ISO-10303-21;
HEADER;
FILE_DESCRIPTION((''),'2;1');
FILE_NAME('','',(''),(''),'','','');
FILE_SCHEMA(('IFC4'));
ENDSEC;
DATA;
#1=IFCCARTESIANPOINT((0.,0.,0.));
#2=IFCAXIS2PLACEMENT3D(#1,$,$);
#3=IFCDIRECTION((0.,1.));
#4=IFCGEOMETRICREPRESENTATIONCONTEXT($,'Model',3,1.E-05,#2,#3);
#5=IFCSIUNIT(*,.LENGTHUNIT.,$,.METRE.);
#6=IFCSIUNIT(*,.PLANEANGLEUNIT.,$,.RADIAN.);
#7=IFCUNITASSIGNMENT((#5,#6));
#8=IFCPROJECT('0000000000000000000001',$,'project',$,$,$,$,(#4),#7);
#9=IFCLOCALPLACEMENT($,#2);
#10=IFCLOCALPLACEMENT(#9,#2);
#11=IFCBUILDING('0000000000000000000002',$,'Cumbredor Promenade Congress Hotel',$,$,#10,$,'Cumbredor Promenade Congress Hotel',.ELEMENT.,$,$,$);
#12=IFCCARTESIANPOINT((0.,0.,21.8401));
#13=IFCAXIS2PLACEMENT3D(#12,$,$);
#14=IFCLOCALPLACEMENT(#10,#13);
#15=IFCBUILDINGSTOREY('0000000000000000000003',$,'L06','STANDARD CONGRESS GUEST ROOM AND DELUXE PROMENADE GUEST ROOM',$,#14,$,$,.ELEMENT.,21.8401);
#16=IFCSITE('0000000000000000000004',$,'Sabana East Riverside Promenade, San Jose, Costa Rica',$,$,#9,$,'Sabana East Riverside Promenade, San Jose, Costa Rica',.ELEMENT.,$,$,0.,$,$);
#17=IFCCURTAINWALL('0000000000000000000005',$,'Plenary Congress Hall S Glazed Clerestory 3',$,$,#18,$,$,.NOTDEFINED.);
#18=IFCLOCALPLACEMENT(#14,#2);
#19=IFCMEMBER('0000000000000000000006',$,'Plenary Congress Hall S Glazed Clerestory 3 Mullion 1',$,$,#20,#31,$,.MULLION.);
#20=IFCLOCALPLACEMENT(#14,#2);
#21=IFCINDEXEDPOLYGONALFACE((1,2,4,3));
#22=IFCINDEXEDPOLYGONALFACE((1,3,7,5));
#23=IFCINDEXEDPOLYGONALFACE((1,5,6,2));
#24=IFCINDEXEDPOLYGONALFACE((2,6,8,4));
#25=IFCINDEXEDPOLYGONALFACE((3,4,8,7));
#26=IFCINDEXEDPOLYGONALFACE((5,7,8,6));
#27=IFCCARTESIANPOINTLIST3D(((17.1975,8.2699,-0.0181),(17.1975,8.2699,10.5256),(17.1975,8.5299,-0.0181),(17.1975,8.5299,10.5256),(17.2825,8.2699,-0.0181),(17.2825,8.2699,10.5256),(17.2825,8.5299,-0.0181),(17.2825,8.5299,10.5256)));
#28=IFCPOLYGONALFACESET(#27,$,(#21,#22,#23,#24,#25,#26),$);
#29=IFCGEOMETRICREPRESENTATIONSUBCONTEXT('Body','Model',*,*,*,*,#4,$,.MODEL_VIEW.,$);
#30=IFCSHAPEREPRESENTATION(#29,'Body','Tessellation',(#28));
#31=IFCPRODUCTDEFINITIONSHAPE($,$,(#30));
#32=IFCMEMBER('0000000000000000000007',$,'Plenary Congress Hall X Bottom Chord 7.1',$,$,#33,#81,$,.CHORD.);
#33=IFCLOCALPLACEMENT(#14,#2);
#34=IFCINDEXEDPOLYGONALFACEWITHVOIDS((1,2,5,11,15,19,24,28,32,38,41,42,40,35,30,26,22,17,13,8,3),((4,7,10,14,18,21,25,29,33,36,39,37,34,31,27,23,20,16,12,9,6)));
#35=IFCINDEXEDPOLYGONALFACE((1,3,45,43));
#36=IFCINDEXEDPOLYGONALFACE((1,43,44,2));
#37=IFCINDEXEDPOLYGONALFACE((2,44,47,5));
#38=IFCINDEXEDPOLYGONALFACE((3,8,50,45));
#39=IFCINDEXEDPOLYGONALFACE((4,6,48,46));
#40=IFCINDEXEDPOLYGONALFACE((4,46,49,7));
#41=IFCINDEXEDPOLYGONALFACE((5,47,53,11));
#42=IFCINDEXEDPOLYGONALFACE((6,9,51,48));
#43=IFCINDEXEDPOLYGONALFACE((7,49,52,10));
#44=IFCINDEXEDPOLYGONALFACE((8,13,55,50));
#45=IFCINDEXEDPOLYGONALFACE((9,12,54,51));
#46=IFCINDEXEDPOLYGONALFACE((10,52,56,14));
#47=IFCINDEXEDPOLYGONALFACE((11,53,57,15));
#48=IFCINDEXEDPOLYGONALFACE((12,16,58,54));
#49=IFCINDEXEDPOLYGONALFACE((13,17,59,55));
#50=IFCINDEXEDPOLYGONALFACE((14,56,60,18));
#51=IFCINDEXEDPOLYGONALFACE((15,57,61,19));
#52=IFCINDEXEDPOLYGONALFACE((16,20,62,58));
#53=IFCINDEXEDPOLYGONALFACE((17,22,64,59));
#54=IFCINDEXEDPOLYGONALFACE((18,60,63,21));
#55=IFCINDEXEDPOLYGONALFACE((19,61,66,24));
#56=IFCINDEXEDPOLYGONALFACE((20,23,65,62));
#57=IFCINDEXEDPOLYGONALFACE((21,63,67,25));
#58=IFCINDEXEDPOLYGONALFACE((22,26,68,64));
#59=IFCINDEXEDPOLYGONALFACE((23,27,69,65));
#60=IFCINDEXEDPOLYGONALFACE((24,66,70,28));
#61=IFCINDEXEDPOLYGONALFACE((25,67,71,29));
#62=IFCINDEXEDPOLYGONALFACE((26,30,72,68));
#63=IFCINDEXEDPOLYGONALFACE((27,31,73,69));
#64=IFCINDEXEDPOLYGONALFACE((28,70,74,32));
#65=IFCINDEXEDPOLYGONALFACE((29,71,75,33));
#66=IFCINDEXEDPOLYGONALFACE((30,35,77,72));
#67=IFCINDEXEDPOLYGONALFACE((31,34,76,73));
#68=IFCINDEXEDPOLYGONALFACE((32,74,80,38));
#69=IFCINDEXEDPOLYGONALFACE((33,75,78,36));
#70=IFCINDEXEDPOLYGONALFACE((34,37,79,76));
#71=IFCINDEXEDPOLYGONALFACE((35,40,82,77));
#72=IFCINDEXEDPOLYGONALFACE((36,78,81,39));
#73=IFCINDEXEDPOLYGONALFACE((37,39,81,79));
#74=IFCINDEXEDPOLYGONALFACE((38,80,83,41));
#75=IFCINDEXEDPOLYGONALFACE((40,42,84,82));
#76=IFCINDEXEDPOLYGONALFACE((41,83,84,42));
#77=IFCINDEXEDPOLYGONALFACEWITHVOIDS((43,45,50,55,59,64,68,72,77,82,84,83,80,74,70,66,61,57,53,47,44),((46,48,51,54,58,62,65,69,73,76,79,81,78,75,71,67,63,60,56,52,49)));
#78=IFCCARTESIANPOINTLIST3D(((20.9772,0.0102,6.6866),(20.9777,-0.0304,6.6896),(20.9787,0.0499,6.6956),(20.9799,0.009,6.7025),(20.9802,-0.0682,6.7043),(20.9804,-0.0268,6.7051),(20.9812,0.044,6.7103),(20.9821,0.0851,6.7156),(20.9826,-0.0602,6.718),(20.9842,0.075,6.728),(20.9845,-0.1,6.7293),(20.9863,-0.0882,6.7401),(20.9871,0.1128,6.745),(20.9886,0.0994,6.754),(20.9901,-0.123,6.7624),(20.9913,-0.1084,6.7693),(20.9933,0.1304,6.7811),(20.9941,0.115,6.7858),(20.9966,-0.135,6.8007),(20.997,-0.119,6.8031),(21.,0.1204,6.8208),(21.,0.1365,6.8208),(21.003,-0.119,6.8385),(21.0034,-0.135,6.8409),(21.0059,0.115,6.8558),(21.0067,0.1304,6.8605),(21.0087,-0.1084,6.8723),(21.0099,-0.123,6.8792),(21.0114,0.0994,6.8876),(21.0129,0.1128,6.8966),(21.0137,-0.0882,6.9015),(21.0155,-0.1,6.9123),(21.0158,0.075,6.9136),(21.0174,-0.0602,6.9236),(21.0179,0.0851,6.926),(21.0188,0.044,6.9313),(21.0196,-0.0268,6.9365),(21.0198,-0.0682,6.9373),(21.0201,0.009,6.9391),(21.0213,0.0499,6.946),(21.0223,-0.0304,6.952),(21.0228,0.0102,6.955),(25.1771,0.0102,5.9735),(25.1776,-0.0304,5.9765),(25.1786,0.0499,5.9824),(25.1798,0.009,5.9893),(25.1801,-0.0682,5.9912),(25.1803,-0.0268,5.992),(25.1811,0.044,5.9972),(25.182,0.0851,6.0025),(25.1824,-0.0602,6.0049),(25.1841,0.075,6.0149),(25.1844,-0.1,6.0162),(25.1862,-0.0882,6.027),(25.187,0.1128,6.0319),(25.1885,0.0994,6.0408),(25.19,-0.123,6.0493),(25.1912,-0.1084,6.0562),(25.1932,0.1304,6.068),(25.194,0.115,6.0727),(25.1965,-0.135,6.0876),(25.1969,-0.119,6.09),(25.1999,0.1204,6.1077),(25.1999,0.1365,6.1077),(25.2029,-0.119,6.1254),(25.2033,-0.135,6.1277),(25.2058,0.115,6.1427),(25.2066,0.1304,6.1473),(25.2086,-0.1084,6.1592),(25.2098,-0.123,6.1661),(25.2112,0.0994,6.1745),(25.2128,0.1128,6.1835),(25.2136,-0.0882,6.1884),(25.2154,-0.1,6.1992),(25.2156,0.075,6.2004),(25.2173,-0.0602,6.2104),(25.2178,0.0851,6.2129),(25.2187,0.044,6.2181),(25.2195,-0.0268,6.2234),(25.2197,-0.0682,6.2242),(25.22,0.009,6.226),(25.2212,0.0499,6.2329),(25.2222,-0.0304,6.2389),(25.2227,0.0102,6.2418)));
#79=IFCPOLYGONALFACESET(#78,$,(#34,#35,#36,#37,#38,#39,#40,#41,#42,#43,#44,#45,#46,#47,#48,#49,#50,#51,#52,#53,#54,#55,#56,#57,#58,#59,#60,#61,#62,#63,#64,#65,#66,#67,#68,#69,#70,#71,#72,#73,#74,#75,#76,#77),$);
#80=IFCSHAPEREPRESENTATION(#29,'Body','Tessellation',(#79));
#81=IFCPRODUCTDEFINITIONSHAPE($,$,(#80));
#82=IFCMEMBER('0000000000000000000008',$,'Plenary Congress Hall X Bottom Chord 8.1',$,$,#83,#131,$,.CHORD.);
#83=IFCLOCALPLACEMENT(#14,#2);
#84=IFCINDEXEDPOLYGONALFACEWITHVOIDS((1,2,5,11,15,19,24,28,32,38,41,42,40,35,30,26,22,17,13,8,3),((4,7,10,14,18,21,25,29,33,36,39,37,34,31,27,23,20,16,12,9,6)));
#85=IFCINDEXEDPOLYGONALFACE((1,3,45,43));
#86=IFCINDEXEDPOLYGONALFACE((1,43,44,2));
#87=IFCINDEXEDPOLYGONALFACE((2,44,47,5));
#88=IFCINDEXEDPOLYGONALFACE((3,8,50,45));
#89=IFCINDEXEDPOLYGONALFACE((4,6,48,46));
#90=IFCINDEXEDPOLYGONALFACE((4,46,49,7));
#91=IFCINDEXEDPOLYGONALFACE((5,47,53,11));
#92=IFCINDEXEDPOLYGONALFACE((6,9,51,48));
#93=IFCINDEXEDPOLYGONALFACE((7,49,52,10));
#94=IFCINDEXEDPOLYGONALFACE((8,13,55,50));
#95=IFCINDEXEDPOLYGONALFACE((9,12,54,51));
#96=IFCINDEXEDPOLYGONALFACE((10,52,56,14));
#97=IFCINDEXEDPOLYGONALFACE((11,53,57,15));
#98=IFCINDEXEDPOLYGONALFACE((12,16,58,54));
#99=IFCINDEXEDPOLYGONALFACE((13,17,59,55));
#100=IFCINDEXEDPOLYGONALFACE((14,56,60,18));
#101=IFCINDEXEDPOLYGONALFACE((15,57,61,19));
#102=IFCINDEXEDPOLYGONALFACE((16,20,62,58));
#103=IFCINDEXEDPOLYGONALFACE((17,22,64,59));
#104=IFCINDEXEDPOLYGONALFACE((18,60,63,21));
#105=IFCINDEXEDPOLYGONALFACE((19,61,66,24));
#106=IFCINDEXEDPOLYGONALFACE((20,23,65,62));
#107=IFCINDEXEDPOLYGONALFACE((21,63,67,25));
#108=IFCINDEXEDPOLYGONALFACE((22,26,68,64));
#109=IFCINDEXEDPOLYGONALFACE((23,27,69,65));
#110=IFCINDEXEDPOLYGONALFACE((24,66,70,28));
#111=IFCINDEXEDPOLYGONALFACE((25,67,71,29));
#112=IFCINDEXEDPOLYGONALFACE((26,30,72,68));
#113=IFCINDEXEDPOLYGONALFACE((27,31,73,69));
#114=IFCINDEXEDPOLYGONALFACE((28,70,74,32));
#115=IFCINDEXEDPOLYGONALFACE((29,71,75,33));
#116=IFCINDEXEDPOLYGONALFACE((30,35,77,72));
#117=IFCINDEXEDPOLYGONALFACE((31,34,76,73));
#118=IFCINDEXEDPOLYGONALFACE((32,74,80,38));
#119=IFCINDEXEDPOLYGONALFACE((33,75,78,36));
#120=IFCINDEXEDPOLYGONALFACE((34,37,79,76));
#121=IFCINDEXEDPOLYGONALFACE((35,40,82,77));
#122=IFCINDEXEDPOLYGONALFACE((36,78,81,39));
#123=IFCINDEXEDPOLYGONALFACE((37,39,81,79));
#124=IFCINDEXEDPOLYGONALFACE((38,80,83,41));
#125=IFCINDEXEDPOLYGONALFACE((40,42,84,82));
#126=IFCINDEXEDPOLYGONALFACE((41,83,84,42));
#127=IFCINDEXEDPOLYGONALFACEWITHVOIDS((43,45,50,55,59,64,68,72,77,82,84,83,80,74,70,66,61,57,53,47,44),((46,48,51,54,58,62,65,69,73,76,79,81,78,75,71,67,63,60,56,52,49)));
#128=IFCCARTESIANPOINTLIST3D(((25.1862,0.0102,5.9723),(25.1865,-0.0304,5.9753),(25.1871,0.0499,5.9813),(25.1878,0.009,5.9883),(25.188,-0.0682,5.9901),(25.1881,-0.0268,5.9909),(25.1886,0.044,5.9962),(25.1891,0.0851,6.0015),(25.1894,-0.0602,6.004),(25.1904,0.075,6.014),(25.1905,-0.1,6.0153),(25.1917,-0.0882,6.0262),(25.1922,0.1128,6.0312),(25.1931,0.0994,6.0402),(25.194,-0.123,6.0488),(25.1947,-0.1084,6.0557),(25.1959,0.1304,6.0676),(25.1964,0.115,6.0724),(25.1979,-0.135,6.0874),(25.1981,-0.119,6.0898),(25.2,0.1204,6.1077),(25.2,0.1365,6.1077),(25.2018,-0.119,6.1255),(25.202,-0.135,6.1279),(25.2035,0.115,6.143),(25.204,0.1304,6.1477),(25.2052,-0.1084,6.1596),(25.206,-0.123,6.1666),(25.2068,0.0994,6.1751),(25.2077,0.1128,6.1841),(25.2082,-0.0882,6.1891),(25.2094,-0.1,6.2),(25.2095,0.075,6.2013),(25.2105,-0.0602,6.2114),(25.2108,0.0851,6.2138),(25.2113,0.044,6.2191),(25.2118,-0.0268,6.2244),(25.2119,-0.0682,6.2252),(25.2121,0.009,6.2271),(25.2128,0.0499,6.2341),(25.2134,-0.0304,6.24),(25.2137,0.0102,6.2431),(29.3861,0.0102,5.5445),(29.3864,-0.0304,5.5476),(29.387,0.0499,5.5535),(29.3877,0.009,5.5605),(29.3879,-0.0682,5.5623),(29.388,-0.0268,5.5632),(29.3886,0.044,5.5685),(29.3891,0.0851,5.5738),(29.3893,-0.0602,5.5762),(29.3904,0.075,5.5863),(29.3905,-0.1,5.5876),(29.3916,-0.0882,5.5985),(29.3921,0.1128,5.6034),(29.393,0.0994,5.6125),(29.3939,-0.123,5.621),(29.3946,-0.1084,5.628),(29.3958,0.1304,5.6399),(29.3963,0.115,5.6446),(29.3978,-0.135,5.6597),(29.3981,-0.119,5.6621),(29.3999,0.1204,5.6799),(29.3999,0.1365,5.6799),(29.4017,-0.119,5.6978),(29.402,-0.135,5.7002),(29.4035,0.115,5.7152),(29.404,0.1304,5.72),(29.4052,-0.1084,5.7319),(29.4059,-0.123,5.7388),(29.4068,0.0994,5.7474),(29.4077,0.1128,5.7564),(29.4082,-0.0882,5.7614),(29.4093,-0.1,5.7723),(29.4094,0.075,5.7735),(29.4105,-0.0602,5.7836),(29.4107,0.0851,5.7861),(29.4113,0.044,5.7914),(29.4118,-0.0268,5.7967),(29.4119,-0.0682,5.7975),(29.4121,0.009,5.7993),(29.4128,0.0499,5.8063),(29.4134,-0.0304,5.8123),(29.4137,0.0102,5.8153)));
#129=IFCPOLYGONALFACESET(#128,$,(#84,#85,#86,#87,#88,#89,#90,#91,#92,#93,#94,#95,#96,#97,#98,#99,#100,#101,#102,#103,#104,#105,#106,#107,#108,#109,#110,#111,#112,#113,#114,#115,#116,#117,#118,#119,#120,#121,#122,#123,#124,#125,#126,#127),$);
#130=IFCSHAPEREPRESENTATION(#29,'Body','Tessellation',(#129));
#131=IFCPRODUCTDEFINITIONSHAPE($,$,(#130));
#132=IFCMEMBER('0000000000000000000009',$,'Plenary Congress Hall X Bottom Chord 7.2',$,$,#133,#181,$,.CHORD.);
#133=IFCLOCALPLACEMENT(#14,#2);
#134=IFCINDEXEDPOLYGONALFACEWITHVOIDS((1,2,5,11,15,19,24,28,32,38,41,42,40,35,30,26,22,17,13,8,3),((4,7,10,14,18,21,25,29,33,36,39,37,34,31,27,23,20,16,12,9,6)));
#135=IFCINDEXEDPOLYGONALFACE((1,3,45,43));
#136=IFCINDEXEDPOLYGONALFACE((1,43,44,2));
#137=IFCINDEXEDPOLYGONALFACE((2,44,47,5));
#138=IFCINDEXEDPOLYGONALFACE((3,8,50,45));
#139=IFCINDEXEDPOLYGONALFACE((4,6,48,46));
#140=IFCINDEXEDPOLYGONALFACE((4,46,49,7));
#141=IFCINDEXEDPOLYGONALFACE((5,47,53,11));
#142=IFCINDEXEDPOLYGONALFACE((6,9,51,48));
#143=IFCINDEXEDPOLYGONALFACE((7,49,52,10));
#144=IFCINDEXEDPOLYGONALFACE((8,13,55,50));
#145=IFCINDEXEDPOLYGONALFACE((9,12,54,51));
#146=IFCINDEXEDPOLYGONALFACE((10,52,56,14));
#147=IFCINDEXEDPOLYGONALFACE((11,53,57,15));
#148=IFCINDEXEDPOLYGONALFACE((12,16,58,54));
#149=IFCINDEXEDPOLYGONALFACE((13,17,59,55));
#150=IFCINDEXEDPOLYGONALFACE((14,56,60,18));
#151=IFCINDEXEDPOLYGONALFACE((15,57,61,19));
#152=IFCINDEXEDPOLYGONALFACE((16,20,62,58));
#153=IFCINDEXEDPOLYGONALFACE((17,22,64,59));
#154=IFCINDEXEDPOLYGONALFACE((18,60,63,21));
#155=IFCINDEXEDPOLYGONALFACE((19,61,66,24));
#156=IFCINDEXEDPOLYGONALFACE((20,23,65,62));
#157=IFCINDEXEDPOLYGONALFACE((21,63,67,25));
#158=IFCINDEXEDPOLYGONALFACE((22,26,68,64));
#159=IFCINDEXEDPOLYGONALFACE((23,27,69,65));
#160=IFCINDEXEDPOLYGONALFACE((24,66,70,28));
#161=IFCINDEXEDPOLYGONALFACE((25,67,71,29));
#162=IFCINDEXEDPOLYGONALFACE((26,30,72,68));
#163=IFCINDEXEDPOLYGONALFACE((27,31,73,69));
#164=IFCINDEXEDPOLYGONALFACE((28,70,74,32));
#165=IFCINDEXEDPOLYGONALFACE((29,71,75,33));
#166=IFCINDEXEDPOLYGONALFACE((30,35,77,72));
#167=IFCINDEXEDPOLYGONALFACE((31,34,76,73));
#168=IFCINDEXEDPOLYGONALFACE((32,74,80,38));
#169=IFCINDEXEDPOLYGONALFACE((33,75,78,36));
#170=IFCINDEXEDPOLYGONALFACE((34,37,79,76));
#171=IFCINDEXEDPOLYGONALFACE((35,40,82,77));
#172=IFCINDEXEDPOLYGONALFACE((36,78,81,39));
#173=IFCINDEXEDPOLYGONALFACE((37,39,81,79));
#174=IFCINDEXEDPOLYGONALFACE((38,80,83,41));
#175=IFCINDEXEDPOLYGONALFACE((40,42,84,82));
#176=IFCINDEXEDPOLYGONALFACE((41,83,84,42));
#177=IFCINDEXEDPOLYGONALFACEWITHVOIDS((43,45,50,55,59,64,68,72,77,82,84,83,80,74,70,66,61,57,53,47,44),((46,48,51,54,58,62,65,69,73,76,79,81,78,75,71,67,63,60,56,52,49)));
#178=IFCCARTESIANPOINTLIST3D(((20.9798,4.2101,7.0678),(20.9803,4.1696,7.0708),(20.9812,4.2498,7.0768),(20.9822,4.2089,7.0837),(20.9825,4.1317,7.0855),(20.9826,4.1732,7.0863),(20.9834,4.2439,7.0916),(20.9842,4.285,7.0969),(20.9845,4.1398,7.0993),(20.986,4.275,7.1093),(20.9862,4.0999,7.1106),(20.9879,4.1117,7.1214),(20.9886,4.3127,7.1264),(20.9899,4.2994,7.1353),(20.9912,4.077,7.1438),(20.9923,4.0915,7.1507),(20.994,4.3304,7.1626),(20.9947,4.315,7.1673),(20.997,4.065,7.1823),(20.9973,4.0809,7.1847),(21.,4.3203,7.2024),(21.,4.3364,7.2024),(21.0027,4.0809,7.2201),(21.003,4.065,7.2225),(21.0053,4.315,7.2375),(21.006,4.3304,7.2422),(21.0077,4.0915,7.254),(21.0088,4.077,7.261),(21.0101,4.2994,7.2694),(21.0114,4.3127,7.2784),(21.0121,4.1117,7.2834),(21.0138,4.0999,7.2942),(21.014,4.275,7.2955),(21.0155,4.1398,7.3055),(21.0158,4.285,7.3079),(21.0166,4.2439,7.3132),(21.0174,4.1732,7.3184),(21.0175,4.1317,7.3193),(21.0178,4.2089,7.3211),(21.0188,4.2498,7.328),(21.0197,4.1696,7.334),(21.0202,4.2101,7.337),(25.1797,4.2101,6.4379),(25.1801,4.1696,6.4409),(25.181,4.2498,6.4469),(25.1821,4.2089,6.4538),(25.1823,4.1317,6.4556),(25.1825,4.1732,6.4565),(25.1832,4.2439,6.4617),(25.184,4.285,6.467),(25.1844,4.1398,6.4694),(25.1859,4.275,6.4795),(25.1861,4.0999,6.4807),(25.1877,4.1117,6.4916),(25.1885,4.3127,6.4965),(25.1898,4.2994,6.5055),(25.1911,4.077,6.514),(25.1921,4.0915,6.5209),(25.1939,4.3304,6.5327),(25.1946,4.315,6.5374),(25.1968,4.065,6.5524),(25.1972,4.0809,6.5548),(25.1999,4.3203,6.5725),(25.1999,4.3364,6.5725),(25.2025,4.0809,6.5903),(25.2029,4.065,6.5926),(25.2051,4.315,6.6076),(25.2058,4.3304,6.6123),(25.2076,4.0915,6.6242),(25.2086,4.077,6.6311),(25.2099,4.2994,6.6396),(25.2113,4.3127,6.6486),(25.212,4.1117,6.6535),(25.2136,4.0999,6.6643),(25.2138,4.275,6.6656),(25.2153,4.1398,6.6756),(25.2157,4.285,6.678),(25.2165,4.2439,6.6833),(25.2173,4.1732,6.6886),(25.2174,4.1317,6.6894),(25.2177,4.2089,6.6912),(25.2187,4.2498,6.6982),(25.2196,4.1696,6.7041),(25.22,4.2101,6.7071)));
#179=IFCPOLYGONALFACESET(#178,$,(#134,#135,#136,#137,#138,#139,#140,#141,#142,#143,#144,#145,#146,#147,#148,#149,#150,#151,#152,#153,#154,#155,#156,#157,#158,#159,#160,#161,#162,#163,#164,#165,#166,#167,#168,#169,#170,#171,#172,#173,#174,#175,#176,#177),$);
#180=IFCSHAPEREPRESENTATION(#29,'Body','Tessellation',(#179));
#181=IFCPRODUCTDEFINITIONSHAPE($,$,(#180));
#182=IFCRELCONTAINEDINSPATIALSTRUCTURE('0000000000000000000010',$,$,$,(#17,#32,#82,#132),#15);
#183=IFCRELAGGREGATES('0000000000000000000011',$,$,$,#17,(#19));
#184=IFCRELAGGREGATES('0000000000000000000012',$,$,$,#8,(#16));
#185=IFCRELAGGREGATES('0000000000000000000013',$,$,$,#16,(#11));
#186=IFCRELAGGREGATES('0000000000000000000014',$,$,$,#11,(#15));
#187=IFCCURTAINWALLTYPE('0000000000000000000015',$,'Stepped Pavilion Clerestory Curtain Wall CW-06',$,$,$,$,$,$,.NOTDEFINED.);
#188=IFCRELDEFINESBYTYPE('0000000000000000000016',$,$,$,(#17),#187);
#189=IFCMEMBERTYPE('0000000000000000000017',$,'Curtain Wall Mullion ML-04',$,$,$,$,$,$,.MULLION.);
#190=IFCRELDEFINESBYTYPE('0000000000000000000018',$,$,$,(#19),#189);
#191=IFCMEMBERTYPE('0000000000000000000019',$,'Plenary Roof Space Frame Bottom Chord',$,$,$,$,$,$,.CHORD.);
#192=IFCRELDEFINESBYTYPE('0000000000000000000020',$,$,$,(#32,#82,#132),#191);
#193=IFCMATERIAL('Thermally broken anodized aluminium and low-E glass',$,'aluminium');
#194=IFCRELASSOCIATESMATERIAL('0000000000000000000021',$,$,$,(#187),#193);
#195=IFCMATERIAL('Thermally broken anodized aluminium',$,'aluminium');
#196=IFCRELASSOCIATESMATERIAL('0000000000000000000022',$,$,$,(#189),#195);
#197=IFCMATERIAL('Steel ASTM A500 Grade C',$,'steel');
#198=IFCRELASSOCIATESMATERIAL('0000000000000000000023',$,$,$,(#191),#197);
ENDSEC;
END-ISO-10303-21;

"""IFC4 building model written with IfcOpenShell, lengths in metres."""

from ifc_helpers import new_model, si_unit, direction, frame, origin, origin_2d, place, context, subcontext, project, spatial, rectangle, hollow_circle, extrude, material, material_profile, profile_set, type_object, element, aggregate, save


model = new_model("IFC4")

# Units and contexts
model_context = context("Model", 3, precision=1e-05, world=origin(), true_north=direction((0.0, 1.0)))
body_context = subcontext(model_context, "Body", "Model", "MODEL_VIEW")
ifc_project = project(units=[si_unit("LENGTHUNIT", "METRE"), si_unit("PLANEANGLEUNIT", "RADIAN")], contexts=[model_context])

# Site, building, storey
site_placement = place(None, origin())
site = spatial("IfcSite", under=ifc_project, at=site_placement, Name="Sabana East Riverside Promenade, San Jose, Costa Rica", LongName="Sabana East Riverside Promenade, San Jose, Costa Rica", CompositionType="ELEMENT", RefElevation=0.0)
building_placement = place(site_placement, origin())
building = spatial("IfcBuilding", under=site, at=building_placement, Name="Cumbredor Promenade Congress Hotel", LongName="Cumbredor Promenade Congress Hotel", CompositionType="ELEMENT")
storey_placement = place(building_placement, frame((0.0, 0.0, 21.8401)))
storey = spatial("IfcBuildingStorey", under=building, at=storey_placement, Name="L06", Description="STANDARD CONGRESS GUEST ROOM AND DELUXE PROMENADE GUEST ROOM", CompositionType="ELEMENT", Elevation=21.8401)

# Curtain wall, member
ifc_material_1 = material(Name="Thermally broken anodized aluminium and low-E glass", Category="aluminium")
curtain_wall_type = type_object("IfcCurtainWallType", Name="Stepped Pavilion Clerestory Curtain Wall CW-06", PredefinedType="NOTDEFINED", material=ifc_material_1)
curtain_wall_placement = place(storey_placement, origin())
curtain_wall = element("IfcCurtainWall", 1, at=curtain_wall_placement, inside=storey, type_object=curtain_wall_type, Name="Plenary Congress Hall S Glazed Clerestory 3", PredefinedType="NOTDEFINED")
ifc_material_2 = material(Name="Thermally broken anodized aluminium", Category="aluminium")
ifc_material_profile_1 = material_profile(ifc_material_2, rectangle(XDim=0.085, YDim=0.26, at=origin_2d()), Name="ALU MULLION CLERESTORY 85x260")
ifc_profile_set_1 = profile_set([ifc_material_profile_1], Name="Thermally broken anodized aluminium")
member_type_1 = type_object("IfcMemberType", Name="Curtain Wall Mullion ML-04", PredefinedType="MULLION", material=ifc_profile_set_1)
member_1_placement = place(storey_placement, frame((17.24, 8.3999, -0.0181), z_axis=(0.0, 0.0, 1.0), x_axis=(1.0, 0.0, 0.0)))
member_1 = element("IfcMember", 2, at=member_1_placement, type_object=member_type_1, Name="Plenary Congress Hall S Glazed Clerestory 3 Mullion 1", PredefinedType="MULLION", context=body_context, shape_type="SweptSolid", body=[
    extrude(rectangle(XDim=0.085, YDim=0.26, at=origin_2d()), origin(), (0.0, 0.0, 1.0), 10.5437),
])
aggregate(curtain_wall, [member_1])

# Members
ifc_material_3 = material(Name="Steel ASTM A500 Grade C", Category="steel")
ifc_material_profile_2 = material_profile(ifc_material_3, hollow_circle(Radius=0.1365, WallThickness=0.0161, at=origin_2d()), Name="CHS 273.0x16")
ifc_profile_set_2 = profile_set([ifc_material_profile_2], Name="Steel ASTM A500 Grade C")
member_type_2 = type_object("IfcMemberType", Name="Plenary Roof Space Frame Bottom Chord", PredefinedType="CHORD", material=ifc_profile_set_2)
member_2_placement = place(storey_placement, frame((21.0, 0.0, 6.8208), z_axis=(0.985889, 0.0, -0.1674), x_axis=(0.0, 1.0, 0.0)))
element("IfcMember", 3, at=member_2_placement, inside=storey, type_object=member_type_2, Name="Plenary Congress Hall X Bottom Chord 7.1", PredefinedType="CHORD", context=body_context, shape_type="SweptSolid", body=[
    extrude(hollow_circle(Radius=0.1365, WallThickness=0.0161, at=origin_2d()), origin(), (0.0, 0.0, 1.0), 4.26),
])
member_3_placement = place(storey_placement, frame((25.2, 0.0, 6.1077), z_axis=(0.994854, 0.0, -0.101319), x_axis=(0.0, 1.0, 0.0)))
element("IfcMember", 4, at=member_3_placement, inside=storey, type_object=member_type_2, Name="Plenary Congress Hall X Bottom Chord 8.1", PredefinedType="CHORD", context=body_context, shape_type="SweptSolid", body=[
    extrude(hollow_circle(Radius=0.1365, WallThickness=0.0161, at=origin_2d()), origin(), (0.0, 0.0, 1.0), 4.2217),
])
member_4_placement = place(storey_placement, frame((21.0, 4.2, 7.2024), z_axis=(0.98894, 0.0, -0.148315), x_axis=(0.0, 1.0, 0.0)))
element("IfcMember", 5, at=member_4_placement, inside=storey, type_object=member_type_2, Name="Plenary Congress Hall X Bottom Chord 7.2", PredefinedType="CHORD", context=body_context, shape_type="SweptSolid", body=[
    extrude(hollow_circle(Radius=0.1365, WallThickness=0.0161, at=origin_2d()), origin(), (0.0, 0.0, 1.0), 4.2468),
])

save(model, "model.ifc")
